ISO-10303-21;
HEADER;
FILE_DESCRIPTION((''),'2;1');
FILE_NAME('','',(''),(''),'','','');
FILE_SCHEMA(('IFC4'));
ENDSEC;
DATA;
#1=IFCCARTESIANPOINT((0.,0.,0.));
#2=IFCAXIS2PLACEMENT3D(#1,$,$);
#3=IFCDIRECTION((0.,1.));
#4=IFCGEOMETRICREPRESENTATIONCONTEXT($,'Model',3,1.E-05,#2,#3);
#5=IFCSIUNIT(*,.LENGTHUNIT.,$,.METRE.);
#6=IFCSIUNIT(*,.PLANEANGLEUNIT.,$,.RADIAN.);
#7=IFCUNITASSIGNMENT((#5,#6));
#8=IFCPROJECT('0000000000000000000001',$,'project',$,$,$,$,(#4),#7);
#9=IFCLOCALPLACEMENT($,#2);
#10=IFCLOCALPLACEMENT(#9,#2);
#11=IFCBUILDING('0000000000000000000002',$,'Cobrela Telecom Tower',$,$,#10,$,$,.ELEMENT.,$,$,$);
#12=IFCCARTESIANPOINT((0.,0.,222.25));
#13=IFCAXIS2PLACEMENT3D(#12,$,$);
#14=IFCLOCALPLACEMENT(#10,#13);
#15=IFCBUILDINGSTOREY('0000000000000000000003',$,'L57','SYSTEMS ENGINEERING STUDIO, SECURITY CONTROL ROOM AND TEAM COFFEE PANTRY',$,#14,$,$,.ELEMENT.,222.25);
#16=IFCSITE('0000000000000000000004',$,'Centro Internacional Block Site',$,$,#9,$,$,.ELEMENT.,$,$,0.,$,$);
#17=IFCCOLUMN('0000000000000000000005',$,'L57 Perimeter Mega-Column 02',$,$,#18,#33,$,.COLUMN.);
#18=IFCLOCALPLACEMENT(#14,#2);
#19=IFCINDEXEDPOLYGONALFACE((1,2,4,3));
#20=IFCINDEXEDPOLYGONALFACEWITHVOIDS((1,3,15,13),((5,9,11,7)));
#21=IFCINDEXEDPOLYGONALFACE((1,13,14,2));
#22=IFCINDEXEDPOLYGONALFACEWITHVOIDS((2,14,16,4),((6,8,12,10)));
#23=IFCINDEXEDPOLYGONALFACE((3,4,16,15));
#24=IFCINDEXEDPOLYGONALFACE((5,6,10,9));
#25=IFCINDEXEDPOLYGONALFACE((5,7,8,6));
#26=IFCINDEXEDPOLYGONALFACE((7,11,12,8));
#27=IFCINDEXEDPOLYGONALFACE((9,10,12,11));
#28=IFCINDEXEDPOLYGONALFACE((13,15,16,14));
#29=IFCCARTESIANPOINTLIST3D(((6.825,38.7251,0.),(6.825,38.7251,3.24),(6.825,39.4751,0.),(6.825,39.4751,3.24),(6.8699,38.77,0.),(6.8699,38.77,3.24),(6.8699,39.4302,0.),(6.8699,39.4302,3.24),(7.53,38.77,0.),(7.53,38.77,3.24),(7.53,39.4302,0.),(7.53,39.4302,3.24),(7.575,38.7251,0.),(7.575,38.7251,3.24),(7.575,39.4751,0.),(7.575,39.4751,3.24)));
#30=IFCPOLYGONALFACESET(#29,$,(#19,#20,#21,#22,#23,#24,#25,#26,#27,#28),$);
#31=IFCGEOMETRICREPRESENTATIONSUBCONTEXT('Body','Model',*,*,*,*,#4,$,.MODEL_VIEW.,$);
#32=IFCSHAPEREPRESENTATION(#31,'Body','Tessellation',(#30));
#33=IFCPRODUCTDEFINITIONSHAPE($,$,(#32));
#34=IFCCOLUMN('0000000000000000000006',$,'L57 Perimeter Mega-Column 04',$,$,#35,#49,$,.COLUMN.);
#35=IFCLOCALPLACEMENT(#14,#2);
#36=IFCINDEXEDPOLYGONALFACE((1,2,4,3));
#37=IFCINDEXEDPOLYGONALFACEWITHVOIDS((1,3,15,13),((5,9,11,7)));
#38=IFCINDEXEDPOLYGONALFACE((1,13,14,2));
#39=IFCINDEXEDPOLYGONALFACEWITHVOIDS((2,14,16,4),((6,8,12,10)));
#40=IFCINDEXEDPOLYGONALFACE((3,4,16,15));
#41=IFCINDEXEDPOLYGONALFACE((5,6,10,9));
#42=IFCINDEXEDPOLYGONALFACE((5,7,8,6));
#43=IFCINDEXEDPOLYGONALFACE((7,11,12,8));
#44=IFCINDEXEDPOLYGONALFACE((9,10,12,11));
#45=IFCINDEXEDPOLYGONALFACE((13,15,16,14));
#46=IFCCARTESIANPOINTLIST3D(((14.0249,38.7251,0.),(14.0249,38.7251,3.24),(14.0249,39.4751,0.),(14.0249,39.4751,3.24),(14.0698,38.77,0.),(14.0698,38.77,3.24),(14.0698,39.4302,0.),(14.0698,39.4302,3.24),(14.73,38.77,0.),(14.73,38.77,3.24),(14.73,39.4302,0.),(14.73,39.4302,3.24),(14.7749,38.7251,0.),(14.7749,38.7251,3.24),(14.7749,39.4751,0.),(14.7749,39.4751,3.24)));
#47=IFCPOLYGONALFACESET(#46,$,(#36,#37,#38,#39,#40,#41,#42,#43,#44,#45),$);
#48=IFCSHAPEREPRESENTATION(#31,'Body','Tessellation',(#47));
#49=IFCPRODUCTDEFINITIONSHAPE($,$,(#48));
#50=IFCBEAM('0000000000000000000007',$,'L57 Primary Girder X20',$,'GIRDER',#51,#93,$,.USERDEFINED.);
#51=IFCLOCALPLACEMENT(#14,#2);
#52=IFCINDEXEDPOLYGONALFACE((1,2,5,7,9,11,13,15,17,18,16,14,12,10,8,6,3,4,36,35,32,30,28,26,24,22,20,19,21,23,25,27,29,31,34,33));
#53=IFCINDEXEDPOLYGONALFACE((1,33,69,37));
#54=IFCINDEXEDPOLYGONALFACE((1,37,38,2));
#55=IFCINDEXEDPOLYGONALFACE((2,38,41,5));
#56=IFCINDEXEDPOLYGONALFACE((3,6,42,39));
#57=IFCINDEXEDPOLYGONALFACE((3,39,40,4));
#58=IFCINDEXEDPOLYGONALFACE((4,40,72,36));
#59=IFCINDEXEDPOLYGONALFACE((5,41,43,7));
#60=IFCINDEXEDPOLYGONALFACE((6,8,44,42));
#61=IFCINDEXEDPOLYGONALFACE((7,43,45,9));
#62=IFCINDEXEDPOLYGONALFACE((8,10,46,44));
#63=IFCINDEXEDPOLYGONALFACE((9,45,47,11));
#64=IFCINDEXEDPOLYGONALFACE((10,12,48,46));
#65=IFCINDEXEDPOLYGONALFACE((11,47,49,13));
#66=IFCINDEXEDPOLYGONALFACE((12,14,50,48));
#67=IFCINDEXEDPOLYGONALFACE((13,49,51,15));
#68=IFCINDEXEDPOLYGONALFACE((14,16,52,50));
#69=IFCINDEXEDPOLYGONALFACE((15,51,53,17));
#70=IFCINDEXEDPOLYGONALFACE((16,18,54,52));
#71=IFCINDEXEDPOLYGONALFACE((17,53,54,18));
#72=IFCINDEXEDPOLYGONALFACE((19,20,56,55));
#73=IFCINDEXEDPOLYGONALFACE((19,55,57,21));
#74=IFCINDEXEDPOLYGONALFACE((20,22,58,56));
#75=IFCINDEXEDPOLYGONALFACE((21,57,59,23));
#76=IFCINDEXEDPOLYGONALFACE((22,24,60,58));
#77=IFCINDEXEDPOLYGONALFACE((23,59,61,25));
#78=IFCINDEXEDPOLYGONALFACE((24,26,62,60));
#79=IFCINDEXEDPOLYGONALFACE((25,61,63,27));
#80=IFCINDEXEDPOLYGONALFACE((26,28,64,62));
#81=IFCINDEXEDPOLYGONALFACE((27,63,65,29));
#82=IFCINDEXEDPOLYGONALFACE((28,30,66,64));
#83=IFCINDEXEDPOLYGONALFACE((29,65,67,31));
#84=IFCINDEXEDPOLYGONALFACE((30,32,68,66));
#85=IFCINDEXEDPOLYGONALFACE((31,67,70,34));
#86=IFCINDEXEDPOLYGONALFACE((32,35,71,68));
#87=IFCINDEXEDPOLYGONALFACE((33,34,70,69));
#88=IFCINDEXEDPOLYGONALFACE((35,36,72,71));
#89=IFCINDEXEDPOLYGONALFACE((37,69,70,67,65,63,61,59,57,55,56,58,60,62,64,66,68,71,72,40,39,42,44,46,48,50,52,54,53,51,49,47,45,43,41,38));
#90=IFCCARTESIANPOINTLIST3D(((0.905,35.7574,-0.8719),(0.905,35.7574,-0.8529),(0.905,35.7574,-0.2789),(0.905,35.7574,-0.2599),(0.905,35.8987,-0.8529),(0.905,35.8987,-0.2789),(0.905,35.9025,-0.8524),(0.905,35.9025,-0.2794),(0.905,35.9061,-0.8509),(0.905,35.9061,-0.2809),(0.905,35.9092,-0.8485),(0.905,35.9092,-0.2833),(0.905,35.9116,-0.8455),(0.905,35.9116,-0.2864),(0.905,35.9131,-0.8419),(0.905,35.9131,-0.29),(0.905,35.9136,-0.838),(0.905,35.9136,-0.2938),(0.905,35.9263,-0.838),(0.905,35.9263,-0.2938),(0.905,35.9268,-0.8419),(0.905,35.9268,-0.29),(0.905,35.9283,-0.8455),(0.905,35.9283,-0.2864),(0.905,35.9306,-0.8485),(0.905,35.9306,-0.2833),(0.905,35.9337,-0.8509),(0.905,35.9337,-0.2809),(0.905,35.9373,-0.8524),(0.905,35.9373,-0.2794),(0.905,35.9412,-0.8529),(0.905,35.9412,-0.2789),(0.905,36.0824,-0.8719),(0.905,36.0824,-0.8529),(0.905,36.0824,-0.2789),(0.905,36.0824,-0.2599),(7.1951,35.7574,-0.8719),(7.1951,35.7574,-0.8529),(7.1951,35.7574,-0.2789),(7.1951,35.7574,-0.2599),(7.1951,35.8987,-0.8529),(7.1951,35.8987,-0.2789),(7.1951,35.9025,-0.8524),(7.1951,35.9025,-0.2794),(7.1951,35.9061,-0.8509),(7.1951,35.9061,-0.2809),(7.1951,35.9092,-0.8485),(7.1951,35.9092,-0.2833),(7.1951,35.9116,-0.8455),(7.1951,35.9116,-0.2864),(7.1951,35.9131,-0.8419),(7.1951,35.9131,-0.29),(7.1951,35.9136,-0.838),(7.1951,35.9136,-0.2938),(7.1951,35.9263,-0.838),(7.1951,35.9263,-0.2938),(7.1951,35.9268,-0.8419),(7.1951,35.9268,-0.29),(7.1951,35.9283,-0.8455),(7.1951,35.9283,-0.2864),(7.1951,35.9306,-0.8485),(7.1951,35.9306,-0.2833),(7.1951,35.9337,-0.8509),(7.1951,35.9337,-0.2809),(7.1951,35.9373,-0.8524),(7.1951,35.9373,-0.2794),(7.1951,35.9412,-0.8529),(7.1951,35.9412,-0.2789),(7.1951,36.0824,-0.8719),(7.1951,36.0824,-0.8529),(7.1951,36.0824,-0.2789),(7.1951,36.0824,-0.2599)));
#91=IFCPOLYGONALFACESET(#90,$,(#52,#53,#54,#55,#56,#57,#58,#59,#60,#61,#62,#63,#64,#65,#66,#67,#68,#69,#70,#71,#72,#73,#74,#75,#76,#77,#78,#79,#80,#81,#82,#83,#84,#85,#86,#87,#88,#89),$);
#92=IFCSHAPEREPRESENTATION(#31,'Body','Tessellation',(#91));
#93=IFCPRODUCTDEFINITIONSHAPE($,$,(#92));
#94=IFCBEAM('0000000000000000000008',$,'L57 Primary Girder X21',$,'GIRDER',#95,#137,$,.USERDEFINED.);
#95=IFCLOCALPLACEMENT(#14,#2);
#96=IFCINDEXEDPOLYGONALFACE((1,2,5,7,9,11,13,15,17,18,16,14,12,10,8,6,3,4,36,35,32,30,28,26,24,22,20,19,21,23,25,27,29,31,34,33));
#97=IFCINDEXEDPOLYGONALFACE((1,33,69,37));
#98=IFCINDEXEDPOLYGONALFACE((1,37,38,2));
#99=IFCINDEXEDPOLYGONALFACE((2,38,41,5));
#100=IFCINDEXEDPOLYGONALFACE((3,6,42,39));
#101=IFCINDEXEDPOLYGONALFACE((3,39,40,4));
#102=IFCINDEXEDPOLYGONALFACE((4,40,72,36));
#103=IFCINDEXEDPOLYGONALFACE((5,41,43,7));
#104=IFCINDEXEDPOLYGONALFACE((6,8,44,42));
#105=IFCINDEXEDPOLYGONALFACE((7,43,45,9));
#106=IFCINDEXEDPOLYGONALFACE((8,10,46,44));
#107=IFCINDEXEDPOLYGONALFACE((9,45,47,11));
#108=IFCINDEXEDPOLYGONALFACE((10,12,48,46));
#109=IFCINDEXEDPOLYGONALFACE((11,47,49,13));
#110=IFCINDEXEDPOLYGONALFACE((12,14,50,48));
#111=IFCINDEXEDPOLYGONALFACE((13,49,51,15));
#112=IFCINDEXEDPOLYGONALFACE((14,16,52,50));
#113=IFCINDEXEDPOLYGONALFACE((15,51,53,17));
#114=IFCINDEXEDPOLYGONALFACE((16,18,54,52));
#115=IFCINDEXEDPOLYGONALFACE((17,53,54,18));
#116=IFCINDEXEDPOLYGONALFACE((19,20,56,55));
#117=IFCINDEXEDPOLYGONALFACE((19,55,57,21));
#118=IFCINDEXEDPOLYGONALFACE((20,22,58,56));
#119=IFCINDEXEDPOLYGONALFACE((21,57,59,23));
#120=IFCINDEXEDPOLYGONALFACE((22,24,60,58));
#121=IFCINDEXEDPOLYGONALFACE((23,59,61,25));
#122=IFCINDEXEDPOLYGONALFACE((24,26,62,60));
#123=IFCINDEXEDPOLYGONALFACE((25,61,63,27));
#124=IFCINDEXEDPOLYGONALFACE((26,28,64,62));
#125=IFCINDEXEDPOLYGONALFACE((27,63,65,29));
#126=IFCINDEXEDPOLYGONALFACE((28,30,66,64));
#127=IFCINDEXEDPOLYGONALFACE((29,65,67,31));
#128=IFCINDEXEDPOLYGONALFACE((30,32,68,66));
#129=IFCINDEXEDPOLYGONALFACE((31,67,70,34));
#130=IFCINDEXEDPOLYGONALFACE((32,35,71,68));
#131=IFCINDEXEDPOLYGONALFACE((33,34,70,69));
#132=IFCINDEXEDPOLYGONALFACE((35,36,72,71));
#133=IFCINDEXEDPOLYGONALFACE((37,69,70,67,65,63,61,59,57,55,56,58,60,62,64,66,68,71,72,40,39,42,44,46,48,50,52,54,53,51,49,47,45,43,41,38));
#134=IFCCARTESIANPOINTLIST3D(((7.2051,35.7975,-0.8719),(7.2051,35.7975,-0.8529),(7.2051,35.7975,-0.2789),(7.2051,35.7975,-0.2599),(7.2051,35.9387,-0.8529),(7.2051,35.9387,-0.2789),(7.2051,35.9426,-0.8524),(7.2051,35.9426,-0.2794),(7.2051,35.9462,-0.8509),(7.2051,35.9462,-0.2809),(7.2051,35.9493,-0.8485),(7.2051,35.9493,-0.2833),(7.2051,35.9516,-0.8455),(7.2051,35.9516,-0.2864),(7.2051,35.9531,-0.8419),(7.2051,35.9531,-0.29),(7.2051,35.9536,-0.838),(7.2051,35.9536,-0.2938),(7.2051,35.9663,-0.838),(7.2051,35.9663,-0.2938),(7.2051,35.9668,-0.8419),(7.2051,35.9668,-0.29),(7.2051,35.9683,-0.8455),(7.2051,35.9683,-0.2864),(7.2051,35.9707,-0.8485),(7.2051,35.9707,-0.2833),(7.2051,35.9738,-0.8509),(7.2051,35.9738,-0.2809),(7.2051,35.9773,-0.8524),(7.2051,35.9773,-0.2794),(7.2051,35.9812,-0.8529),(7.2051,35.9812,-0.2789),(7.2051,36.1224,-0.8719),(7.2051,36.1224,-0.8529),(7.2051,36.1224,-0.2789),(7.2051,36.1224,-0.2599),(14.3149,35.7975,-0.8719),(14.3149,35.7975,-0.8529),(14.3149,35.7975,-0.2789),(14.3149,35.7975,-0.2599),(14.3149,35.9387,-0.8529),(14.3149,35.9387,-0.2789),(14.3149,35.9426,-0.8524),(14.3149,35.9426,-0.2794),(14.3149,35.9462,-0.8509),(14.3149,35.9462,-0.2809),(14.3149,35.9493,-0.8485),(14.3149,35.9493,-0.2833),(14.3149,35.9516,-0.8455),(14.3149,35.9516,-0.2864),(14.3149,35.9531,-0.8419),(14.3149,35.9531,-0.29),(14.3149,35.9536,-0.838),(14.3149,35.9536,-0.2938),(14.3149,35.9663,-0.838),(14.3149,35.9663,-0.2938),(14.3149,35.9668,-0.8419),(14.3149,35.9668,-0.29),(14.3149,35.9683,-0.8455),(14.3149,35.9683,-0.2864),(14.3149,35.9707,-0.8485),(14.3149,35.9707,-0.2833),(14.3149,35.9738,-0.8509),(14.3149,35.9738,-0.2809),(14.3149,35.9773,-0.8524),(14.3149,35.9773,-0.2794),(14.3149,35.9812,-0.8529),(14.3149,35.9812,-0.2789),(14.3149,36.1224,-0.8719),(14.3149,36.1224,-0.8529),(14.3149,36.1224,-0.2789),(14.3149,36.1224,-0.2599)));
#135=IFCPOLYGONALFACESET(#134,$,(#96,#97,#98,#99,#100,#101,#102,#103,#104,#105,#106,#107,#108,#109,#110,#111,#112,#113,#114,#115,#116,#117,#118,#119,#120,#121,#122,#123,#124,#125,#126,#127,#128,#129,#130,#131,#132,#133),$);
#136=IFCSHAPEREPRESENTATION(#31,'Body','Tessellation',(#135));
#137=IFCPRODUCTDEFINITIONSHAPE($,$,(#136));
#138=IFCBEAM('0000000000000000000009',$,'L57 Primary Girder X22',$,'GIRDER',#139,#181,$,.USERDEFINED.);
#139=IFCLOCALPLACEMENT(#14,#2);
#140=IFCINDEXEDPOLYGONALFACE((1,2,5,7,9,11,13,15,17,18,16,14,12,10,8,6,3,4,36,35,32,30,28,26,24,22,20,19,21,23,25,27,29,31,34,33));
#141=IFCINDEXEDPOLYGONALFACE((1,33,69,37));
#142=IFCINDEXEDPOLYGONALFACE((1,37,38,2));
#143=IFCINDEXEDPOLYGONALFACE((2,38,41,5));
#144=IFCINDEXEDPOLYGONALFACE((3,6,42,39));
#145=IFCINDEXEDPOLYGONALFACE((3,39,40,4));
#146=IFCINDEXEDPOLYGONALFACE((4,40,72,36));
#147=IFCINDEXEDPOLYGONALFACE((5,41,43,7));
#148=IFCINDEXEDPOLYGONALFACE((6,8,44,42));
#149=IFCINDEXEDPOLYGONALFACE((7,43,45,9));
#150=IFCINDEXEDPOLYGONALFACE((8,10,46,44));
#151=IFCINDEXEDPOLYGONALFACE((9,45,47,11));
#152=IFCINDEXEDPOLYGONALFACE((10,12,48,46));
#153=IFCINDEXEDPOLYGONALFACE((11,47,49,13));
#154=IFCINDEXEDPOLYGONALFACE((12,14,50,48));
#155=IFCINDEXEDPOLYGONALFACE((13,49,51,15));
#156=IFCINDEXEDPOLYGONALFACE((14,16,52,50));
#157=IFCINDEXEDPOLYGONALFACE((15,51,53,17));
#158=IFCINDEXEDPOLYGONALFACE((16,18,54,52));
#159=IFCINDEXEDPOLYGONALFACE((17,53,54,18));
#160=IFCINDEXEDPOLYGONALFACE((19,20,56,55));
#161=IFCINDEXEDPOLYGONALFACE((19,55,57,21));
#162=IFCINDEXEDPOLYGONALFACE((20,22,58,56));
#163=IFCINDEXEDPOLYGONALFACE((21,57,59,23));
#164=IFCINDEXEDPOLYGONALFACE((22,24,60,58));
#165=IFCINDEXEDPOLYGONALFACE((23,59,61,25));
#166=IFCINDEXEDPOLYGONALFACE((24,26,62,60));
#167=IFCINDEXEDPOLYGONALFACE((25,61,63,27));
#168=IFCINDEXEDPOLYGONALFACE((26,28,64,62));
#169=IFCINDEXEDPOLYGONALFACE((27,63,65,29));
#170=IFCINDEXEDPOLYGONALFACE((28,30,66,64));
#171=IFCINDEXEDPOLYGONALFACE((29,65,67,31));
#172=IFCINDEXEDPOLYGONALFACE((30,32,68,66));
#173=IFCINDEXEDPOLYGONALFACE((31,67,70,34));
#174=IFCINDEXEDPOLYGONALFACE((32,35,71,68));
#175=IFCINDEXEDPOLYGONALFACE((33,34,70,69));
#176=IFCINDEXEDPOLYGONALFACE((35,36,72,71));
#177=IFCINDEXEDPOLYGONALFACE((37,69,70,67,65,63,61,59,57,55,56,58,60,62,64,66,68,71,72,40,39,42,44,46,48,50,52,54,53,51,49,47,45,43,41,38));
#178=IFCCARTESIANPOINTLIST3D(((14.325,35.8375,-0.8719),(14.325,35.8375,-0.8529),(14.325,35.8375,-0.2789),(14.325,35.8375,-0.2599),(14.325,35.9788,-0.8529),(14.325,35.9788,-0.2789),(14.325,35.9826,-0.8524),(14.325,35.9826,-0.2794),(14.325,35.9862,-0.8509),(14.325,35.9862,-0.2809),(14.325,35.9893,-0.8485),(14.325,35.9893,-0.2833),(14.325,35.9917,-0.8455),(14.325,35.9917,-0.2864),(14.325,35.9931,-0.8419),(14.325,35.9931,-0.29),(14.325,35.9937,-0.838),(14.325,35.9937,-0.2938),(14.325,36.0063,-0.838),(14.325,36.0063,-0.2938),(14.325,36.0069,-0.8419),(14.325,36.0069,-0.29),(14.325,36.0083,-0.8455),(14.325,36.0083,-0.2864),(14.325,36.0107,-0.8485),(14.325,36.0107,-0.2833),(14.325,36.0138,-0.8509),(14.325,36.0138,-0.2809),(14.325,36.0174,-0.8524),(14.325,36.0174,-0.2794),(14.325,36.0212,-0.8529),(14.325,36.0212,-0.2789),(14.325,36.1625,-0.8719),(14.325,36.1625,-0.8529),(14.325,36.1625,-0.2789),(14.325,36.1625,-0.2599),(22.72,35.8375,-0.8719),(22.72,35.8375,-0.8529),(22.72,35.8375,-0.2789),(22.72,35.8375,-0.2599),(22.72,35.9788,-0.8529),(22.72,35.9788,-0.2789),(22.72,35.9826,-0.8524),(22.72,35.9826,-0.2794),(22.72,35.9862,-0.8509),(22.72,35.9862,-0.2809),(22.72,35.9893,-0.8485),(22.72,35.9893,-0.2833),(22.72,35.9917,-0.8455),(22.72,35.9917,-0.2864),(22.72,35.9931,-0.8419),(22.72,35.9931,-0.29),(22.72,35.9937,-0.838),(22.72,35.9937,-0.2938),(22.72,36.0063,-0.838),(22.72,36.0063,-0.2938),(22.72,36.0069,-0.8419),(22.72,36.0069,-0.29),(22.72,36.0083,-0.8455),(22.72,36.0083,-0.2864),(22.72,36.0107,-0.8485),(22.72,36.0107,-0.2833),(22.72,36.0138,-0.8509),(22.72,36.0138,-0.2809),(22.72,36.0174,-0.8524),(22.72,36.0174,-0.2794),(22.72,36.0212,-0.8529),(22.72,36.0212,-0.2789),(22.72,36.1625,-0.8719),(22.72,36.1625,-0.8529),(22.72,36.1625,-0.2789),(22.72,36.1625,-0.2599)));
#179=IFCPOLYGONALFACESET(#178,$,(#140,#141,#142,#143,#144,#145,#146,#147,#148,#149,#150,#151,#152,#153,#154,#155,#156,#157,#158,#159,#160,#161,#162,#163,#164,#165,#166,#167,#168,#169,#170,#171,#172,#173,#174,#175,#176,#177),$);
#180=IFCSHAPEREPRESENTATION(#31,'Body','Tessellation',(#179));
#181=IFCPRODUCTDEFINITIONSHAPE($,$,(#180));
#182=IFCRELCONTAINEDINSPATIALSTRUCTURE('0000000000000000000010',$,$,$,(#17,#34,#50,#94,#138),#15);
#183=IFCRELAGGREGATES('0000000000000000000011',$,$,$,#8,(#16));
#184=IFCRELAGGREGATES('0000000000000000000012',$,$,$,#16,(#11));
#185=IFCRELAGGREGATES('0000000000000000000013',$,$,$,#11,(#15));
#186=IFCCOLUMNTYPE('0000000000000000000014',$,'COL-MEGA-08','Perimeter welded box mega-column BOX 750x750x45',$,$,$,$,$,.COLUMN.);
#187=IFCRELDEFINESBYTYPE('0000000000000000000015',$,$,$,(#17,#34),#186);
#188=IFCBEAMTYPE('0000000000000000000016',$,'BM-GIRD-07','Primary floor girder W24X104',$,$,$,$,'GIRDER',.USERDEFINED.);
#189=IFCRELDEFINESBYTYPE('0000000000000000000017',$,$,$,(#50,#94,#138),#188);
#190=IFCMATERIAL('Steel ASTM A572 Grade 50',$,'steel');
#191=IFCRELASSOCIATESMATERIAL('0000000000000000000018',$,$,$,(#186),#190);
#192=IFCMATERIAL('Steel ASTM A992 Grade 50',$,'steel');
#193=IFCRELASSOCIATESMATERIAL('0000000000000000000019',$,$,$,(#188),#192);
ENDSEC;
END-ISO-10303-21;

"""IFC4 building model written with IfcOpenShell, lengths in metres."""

from ifc_helpers import new_model, si_unit, direction, frame, origin, origin_2d, place, context, subcontext, project, spatial, hollow_rectangle, i_section, extrude, material, material_profile, profile_set, type_object, element, save


model = new_model("IFC4")

# Units and contexts
model_context = context("Model", 3, precision=1e-05, world=origin(), true_north=direction((0.0, 1.0)))
body_context = subcontext(model_context, "Body", "Model", "MODEL_VIEW")
ifc_project = project(units=[si_unit("LENGTHUNIT", "METRE"), si_unit("PLANEANGLEUNIT", "RADIAN")], contexts=[model_context])

# Site, building, storey
site_placement = place(None, origin())
site = spatial("IfcSite", under=ifc_project, at=site_placement, Name="Centro Internacional Block Site", CompositionType="ELEMENT", RefElevation=0.0)
building_placement = place(site_placement, origin())
building = spatial("IfcBuilding", under=site, at=building_placement, Name="Cobrela Telecom Tower", CompositionType="ELEMENT")
storey_placement = place(building_placement, frame((0.0, 0.0, 222.25)))
storey = spatial("IfcBuildingStorey", under=building, at=storey_placement, Name="L57", Description="SYSTEMS ENGINEERING STUDIO, SECURITY CONTROL ROOM AND TEAM COFFEE PANTRY", CompositionType="ELEMENT", Elevation=222.25)

# Columns
ifc_material_1 = material(Name="Steel ASTM A572 Grade 50", Category="steel")
ifc_material_profile_1 = material_profile(ifc_material_1, hollow_rectangle(XDim=0.75, YDim=0.75, WallThickness=0.0449, at=origin_2d()), Name="BOX 750x750x45")
ifc_profile_set_1 = profile_set([ifc_material_profile_1], Name="Steel ASTM A572 Grade 50")
column_type = type_object("IfcColumnType", Name="COL-MEGA-08", Description="Perimeter welded box mega-column BOX 750x750x45", PredefinedType="COLUMN", material=ifc_profile_set_1)
for number, where, z_axis, x_axis, name in (
    (1, (7.2, 39.1001, 0.0), (0.0, 0.0, 1.0), (1.0, 0.0, 0.0), "L57 Perimeter Mega-Column 02"),
    (2, (14.3999, 39.1001, 0.0), (0.0, 0.0, 1.0), (1.0, 0.0, 0.0), "L57 Perimeter Mega-Column 04"),
):
    element("IfcColumn", number, at=place(storey_placement, frame(where, z_axis=z_axis, x_axis=x_axis)), inside=storey, type_object=column_type, Name=name, PredefinedType="COLUMN", context=body_context, shape_type="SweptSolid", body=[
        extrude(hollow_rectangle(XDim=0.75, YDim=0.75, WallThickness=0.0449, at=origin_2d()), origin(), (0.0, 0.0, 1.0), 3.24),
    ])

# Beams
ifc_material_2 = material(Name="Steel ASTM A992 Grade 50", Category="steel")
ifc_material_profile_2 = material_profile(ifc_material_2, i_section(OverallWidth=0.325, OverallDepth=0.6121, WebThickness=0.0127, FlangeThickness=0.019, FilletRadius=0.0149, at=origin_2d()), Name="W24X104")
ifc_profile_set_2 = profile_set([ifc_material_profile_2], Name="Steel ASTM A992 Grade 50")
beam_type_1 = type_object("IfcBeamType", Name="BM-GIRD-07", Description="Primary floor girder W24X104", ElementType="GIRDER", PredefinedType="USERDEFINED", material=ifc_profile_set_2)
beam_1_placement = place(storey_placement, frame((0.905, 35.9199, -0.5659), z_axis=(1.0, 0.0, 0.0), x_axis=(0.0, 1.0, 0.0)))
element("IfcBeam", 3, at=beam_1_placement, inside=storey, type_object=beam_type_1, Name="L57 Primary Girder X20", ObjectType="GIRDER", PredefinedType="USERDEFINED", context=body_context, shape_type="SweptSolid", body=[
    extrude(i_section(OverallWidth=0.325, OverallDepth=0.6121, WebThickness=0.0127, FlangeThickness=0.019, FilletRadius=0.0149, at=origin_2d()), origin(), (0.0, 0.0, 1.0), 6.29),
])
beam_2_placement = place(storey_placement, frame((7.2051, 35.96, -0.5659), z_axis=(1.0, 0.0, 0.0), x_axis=(0.0, 1.0, 0.0)))
element("IfcBeam", 4, at=beam_2_placement, inside=storey, type_object=beam_type_1, Name="L57 Primary Girder X21", ObjectType="GIRDER", PredefinedType="USERDEFINED", context=body_context, shape_type="SweptSolid", body=[
    extrude(i_section(OverallWidth=0.325, OverallDepth=0.6121, WebThickness=0.0127, FlangeThickness=0.019, FilletRadius=0.0149, at=origin_2d()), origin(), (0.0, 0.0, 1.0), 7.1099),
])
beam_3_placement = place(storey_placement, frame((14.325, 36.0, -0.5659), z_axis=(1.0, 0.0, 0.0), x_axis=(0.0, 1.0, 0.0)))
element("IfcBeam", 5, at=beam_3_placement, inside=storey, type_object=beam_type_1, Name="L57 Primary Girder X22", ObjectType="GIRDER", PredefinedType="USERDEFINED", context=body_context, shape_type="SweptSolid", body=[
    extrude(i_section(OverallWidth=0.325, OverallDepth=0.6121, WebThickness=0.0127, FlangeThickness=0.019, FilletRadius=0.0149, at=origin_2d()), origin(), (0.0, 0.0, 1.0), 8.395),
])

save(model, "model.ifc")
